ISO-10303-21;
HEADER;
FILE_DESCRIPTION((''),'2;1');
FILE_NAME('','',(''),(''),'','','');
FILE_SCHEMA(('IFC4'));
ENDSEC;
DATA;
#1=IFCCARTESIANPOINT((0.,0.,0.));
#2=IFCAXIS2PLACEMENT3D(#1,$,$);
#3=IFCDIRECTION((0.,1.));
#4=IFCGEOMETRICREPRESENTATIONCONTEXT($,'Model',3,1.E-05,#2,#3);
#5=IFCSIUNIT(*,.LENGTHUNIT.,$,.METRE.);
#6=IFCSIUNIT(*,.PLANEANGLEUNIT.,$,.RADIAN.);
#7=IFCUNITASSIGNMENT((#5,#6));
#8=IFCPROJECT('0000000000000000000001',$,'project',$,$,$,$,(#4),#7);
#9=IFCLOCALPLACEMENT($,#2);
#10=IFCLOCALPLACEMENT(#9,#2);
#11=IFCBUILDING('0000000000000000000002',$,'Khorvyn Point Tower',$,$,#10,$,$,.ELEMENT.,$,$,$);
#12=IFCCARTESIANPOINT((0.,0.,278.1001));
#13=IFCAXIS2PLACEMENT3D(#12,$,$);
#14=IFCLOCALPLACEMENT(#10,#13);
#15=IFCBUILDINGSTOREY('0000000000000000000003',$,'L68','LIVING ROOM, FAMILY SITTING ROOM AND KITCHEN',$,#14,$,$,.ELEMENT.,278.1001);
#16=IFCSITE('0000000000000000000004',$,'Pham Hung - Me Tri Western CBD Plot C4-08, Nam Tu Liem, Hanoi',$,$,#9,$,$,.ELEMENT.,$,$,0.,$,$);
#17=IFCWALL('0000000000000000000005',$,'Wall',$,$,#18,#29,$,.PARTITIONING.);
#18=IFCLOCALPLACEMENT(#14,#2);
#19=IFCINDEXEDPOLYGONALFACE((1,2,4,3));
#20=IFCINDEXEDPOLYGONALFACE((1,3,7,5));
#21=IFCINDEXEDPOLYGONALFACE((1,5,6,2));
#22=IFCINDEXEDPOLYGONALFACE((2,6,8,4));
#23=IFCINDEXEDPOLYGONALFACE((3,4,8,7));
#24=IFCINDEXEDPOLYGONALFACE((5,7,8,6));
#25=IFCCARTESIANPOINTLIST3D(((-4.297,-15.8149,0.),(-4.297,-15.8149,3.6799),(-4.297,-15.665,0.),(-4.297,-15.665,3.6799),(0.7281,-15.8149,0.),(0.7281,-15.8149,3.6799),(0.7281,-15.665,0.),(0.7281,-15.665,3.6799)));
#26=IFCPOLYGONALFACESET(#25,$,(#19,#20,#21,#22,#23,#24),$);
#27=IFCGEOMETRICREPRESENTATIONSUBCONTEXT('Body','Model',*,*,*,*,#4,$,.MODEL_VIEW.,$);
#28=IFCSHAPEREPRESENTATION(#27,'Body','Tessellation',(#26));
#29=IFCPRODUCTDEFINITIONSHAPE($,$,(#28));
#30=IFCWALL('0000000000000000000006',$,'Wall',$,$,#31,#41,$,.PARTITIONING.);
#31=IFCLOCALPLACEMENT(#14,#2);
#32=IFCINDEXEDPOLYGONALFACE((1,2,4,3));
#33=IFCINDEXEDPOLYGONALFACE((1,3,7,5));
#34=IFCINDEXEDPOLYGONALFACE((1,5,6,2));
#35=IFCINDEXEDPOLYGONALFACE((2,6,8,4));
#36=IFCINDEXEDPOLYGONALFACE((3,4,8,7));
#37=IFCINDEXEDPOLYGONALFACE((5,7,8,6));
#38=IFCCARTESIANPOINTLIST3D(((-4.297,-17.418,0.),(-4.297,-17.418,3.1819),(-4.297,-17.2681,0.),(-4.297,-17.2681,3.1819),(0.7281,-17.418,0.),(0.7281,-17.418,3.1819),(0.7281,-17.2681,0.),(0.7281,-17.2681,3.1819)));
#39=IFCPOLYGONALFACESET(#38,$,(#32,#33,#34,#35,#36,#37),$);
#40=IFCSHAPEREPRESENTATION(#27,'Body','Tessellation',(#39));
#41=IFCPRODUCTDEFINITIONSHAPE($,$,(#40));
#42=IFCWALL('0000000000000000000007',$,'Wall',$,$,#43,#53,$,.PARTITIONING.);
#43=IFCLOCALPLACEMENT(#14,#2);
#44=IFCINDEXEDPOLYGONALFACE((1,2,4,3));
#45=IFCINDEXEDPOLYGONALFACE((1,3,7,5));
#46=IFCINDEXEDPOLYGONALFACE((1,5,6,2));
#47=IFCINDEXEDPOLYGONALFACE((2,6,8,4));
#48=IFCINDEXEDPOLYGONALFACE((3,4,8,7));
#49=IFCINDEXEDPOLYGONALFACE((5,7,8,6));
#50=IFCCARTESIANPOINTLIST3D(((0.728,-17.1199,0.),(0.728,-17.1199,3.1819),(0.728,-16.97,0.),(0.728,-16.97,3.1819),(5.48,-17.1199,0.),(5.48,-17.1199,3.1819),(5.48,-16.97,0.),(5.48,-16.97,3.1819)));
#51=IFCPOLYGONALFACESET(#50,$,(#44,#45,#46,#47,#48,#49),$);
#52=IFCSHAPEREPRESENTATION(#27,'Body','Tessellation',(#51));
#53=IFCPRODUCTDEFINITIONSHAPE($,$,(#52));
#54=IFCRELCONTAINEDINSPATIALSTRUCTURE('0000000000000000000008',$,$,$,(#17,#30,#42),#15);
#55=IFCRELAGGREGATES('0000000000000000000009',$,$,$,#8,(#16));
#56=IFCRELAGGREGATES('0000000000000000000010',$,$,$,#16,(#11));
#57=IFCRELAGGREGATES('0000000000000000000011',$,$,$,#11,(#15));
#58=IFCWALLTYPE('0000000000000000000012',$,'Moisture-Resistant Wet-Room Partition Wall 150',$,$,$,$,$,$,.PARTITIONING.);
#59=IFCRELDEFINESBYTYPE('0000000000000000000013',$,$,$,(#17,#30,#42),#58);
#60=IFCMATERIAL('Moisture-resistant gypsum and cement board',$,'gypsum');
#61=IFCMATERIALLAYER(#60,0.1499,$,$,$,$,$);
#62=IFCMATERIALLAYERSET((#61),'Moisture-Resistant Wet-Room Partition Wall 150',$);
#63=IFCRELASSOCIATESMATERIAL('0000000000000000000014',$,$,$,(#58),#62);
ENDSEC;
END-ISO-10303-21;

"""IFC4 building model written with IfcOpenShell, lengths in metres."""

from ifc_helpers import new_model, si_unit, direction, frame, frame_2d, origin, place, context, subcontext, project, spatial, rectangle, extrude, material, layer, layer_set, type_object, element, save


model = new_model("IFC4")

# Units and contexts
model_context = context("Model", 3, precision=1e-05, world=origin(), true_north=direction((0.0, 1.0)))
body_context = subcontext(model_context, "Body", "Model", "MODEL_VIEW")
ifc_project = project(units=[si_unit("LENGTHUNIT", "METRE"), si_unit("PLANEANGLEUNIT", "RADIAN")], contexts=[model_context])

# Site, building, storey
site_placement = place(None, origin())
site = spatial("IfcSite", under=ifc_project, at=site_placement, Name="Pham Hung - Me Tri Western CBD Plot C4-08, Nam Tu Liem, Hanoi", CompositionType="ELEMENT", RefElevation=0.0)
building_placement = place(site_placement, origin())
building = spatial("IfcBuilding", under=site, at=building_placement, Name="Khorvyn Point Tower", CompositionType="ELEMENT")
storey_placement = place(building_placement, frame((0.0, 0.0, 278.1001)))
storey = spatial("IfcBuildingStorey", under=building, at=storey_placement, Name="L68", Description="LIVING ROOM, FAMILY SITTING ROOM AND KITCHEN", CompositionType="ELEMENT", Elevation=278.1001)

# Shared definitions
ifc_material_1 = material(Name="Moisture-resistant gypsum and cement board", Category="gypsum")
ifc_layer_1 = layer(ifc_material_1, 0.1499)
ifc_layer_set_1 = layer_set([ifc_layer_1], Name="Moisture-Resistant Wet-Room Partition Wall 150")
wall_type_1 = type_object("IfcWallType", Name="Moisture-Resistant Wet-Room Partition Wall 150", PredefinedType="PARTITIONING", material=ifc_layer_set_1)

# Walls
wall_1_placement = place(storey_placement, frame((-4.2971, -15.74, 0.0), z_axis=(0.0, 0.0, 1.0), x_axis=(1.0, 0.0, 0.0)))
element("IfcWall", 1, at=wall_1_placement, inside=storey, type_object=wall_type_1, Name="Wall", PredefinedType="PARTITIONING", context=body_context, shape_type="SweptSolid", body=[
    extrude(rectangle(XDim=5.0251, YDim=0.1499, at=frame_2d((2.5127, 0.0))), origin(), (0.0, 0.0, 1.0), 3.6799),
])
wall_2_placement = place(storey_placement, frame((-4.2971, -17.343, 0.0), z_axis=(0.0, 0.0, 1.0), x_axis=(1.0, 0.0, 0.0)))
element("IfcWall", 2, at=wall_2_placement, inside=storey, type_object=wall_type_1, Name="Wall", PredefinedType="PARTITIONING", context=body_context, shape_type="SweptSolid", body=[
    extrude(rectangle(XDim=5.0251, YDim=0.1499, at=frame_2d((2.5127, 0.0))), origin(), (0.0, 0.0, 1.0), 3.1819),
])
wall_3_placement = place(storey_placement, frame((0.728, -17.0449, 0.0), z_axis=(0.0, 0.0, 1.0), x_axis=(1.0, 0.0, 0.0)))
element("IfcWall", 3, at=wall_3_placement, inside=storey, type_object=wall_type_1, Name="Wall", PredefinedType="PARTITIONING", context=body_context, shape_type="SweptSolid", body=[
    extrude(rectangle(XDim=4.752, YDim=0.1499, at=frame_2d((2.376, 0.0))), origin(), (0.0, 0.0, 1.0), 3.1819),
])

save(model, "model.ifc")
